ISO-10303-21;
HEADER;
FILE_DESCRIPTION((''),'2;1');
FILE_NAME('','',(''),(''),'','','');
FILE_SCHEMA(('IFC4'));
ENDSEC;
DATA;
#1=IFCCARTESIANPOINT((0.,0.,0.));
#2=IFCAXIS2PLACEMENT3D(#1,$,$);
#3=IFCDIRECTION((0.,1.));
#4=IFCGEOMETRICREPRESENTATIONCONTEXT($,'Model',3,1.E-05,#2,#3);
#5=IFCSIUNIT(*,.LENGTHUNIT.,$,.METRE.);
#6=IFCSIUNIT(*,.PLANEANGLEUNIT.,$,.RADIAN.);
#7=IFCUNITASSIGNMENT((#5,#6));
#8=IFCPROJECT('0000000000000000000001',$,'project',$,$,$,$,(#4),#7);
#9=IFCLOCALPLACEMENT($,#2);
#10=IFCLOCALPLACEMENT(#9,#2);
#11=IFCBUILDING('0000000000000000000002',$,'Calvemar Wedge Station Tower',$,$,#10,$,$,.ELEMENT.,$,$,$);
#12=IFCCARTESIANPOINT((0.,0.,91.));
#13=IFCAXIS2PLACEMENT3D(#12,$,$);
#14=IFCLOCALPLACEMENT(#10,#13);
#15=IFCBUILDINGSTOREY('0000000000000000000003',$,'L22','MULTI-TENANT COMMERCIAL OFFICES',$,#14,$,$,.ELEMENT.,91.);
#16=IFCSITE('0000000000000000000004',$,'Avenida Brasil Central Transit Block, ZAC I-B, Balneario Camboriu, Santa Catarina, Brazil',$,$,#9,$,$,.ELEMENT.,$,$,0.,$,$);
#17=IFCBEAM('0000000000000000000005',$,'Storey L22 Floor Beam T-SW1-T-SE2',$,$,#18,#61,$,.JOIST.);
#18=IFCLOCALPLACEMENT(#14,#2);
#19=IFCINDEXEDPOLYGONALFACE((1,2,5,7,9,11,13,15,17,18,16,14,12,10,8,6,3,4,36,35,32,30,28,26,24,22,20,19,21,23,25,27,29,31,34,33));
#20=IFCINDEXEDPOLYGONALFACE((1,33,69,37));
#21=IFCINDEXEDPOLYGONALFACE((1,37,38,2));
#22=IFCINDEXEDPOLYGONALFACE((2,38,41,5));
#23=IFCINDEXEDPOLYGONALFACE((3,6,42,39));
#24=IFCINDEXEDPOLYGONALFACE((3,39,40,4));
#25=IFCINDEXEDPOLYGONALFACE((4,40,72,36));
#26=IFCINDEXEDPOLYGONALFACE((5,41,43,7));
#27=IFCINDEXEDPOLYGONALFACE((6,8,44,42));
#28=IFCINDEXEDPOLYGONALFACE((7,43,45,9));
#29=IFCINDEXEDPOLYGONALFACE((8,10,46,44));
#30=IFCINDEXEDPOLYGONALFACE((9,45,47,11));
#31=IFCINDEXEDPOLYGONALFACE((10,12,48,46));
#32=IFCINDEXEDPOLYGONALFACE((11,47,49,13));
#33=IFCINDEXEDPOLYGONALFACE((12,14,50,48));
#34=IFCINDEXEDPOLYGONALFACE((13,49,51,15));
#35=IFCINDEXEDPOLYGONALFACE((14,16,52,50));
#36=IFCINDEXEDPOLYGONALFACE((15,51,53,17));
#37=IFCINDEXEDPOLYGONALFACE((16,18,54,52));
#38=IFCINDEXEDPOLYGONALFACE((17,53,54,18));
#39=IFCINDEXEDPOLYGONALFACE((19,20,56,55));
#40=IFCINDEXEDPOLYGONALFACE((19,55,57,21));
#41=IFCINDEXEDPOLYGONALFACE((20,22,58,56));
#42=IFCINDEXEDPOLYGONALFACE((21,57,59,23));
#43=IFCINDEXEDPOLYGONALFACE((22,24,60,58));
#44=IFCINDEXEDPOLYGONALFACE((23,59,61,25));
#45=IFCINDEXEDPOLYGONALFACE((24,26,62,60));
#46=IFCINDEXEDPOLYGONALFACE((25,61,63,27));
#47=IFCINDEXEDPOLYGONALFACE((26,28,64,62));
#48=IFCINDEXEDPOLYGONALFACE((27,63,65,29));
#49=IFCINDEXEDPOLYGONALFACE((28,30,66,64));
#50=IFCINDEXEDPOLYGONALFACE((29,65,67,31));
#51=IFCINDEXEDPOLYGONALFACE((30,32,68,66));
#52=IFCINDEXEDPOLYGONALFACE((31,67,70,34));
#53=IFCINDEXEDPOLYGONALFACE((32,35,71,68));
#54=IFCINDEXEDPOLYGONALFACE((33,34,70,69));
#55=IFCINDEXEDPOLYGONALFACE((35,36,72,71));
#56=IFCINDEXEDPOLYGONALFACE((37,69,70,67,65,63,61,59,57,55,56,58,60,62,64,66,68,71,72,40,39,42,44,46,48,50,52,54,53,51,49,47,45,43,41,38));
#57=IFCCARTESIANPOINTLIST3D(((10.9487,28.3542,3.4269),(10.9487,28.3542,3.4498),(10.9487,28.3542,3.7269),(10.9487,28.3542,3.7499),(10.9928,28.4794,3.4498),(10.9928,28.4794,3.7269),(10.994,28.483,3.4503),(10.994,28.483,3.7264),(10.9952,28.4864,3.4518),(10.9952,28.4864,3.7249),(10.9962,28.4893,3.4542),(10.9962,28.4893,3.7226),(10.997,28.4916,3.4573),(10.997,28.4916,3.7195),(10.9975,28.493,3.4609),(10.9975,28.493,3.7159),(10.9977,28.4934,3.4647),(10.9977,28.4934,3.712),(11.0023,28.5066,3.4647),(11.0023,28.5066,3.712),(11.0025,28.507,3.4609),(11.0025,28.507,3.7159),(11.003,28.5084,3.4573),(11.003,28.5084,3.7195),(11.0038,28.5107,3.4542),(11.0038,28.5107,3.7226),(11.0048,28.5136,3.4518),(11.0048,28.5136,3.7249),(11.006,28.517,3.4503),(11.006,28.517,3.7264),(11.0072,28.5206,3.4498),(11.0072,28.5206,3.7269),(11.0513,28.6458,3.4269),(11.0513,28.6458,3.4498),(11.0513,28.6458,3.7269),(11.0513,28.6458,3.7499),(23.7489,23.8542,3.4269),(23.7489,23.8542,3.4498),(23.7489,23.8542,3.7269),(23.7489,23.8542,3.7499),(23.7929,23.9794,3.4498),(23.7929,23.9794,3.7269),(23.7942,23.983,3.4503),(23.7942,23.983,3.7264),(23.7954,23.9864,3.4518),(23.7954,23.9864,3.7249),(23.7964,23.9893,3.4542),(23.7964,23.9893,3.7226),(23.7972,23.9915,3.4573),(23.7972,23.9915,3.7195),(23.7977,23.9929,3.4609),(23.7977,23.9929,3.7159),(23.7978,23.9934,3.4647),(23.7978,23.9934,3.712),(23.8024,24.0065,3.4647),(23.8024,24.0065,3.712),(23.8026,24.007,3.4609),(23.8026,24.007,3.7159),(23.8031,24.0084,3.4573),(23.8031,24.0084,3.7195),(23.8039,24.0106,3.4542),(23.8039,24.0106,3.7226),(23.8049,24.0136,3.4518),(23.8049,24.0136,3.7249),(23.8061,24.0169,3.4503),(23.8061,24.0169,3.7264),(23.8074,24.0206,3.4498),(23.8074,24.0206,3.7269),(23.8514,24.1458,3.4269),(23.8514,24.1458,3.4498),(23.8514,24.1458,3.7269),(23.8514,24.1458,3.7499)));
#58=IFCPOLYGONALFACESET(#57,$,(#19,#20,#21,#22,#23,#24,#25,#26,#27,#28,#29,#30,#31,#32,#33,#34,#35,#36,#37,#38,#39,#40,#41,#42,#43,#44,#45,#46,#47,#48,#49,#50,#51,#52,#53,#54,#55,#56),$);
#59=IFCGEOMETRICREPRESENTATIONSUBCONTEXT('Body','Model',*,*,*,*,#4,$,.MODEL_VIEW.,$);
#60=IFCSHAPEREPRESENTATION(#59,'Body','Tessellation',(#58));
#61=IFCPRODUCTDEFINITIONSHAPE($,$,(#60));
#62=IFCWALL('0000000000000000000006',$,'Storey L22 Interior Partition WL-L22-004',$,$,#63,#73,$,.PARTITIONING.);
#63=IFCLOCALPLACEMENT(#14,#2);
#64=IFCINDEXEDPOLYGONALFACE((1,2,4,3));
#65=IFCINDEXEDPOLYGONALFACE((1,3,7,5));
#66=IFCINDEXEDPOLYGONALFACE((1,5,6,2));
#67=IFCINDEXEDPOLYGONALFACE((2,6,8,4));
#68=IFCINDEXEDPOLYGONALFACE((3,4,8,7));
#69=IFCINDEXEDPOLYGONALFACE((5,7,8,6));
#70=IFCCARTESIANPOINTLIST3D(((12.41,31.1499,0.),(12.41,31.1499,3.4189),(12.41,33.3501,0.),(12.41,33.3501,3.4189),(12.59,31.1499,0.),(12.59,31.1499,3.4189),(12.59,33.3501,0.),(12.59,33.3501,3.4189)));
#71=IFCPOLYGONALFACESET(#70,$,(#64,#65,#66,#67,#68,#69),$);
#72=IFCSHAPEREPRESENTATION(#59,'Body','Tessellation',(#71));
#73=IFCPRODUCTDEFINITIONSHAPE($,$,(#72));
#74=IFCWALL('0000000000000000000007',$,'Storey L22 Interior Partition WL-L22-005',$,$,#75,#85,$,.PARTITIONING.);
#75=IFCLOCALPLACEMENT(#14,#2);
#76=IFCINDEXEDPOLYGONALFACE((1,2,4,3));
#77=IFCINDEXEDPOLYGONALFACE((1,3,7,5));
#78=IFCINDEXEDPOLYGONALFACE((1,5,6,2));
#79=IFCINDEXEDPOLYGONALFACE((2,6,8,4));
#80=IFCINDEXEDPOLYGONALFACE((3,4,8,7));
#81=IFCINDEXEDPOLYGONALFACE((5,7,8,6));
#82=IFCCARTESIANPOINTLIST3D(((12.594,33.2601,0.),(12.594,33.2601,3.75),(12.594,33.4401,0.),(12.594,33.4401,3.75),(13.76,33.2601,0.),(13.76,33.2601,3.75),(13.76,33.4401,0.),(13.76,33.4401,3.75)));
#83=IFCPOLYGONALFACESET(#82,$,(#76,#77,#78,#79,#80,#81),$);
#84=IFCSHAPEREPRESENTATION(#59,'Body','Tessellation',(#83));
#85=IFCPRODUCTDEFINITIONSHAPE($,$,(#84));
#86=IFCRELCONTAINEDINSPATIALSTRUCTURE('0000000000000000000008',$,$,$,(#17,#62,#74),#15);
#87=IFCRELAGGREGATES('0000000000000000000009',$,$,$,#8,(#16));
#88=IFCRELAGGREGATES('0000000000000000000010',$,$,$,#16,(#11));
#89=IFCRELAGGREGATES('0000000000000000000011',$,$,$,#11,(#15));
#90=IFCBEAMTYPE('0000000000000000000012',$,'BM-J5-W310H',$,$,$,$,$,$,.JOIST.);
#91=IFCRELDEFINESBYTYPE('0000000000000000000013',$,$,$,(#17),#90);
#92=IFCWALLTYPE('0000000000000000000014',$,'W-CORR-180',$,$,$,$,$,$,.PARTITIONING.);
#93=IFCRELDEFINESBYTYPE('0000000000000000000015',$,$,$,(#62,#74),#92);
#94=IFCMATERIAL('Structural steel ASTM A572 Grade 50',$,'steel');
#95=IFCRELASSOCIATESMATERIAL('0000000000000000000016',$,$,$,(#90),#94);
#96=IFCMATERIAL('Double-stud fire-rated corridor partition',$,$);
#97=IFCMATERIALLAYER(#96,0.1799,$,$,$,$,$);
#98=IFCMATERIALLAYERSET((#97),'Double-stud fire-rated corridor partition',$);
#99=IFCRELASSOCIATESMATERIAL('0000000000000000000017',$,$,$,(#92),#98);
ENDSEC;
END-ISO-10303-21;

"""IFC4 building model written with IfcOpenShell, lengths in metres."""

from ifc_helpers import new_model, si_unit, direction, frame, frame_2d, origin, origin_2d, place, context, subcontext, project, spatial, rectangle, i_section, extrude, source, transform, mapped, material, layer, layer_set, material_profile, profile_set, type_object, element, save


model = new_model("IFC4")

# Units and contexts
model_context = context("Model", 3, precision=1e-05, world=origin(), true_north=direction((0.0, 1.0)))
body_context = subcontext(model_context, "Body", "Model", "MODEL_VIEW")
ifc_project = project(units=[si_unit("LENGTHUNIT", "METRE"), si_unit("PLANEANGLEUNIT", "RADIAN")], contexts=[model_context])

# Site, building, storey
site_placement = place(None, origin())
site = spatial("IfcSite", under=ifc_project, at=site_placement, Name="Avenida Brasil Central Transit Block, ZAC I-B, Balneario Camboriu, Santa Catarina, Brazil", CompositionType="ELEMENT", RefElevation=0.0)
building_placement = place(site_placement, origin())
building = spatial("IfcBuilding", under=site, at=building_placement, Name="Calvemar Wedge Station Tower", CompositionType="ELEMENT")
storey_placement = place(building_placement, frame((0.0, 0.0, 91.0)))
storey = spatial("IfcBuildingStorey", under=building, at=storey_placement, Name="L22", Description="MULTI-TENANT COMMERCIAL OFFICES", CompositionType="ELEMENT", Elevation=91.0)

# Beam
ifc_material_1 = material(Name="Structural steel ASTM A572 Grade 50", Category="steel")
ifc_material_profile_1 = material_profile(ifc_material_1, i_section(OverallWidth=0.3091, OverallDepth=0.323, WebThickness=0.0139, FlangeThickness=0.0229, FilletRadius=0.0149, at=origin_2d()), Name="W310x143")
ifc_profile_set_1 = profile_set([ifc_material_profile_1], Name="Structural steel ASTM A572 Grade 50")
beam_type_1 = type_object("IfcBeamType", Name="BM-J5-W310H", PredefinedType="JOIST", material=ifc_profile_set_1)
shared_shape_1 = source(origin(), body_context, "Body", "SweptSolid", [
    extrude(i_section(OverallWidth=0.3091, OverallDepth=0.323, WebThickness=0.0139, FlangeThickness=0.0229, FilletRadius=0.0149, at=origin_2d()), origin(), (0.0, 0.0, 1.0), 13.5681),
])
for number, where, z_axis, x_axis, name in (
    (1, (11.0, 28.5, 3.5884), (0.943398, -0.331662, 0.0), (0.331662, 0.943398, 0.0), "Storey L22 Floor Beam T-SW1-T-SE2"),
):
    element("IfcBeam", number, at=place(storey_placement, frame(where, z_axis=z_axis, x_axis=x_axis)), inside=storey, type_object=beam_type_1, Name=name, PredefinedType="JOIST", context=body_context, shape_type="MappedRepresentation", body=[
        mapped(shared_shape_1, transform((0.0, 0.0, 0.0), scale=1.0)),
    ])

# Walls
ifc_material_2 = material(Name="Double-stud fire-rated corridor partition")
ifc_layer_1 = layer(ifc_material_2, 0.1799)
ifc_layer_set_1 = layer_set([ifc_layer_1], Name="Double-stud fire-rated corridor partition")
wall_type_1 = type_object("IfcWallType", Name="W-CORR-180", PredefinedType="PARTITIONING", material=ifc_layer_set_1)
wall_1_placement = place(storey_placement, frame((12.5, 31.1499, 0.0), z_axis=(0.0, 0.0, 1.0), x_axis=(0.0, 1.0, 0.0)))
element("IfcWall", 2, at=wall_1_placement, inside=storey, type_object=wall_type_1, Name="Storey L22 Interior Partition WL-L22-004", PredefinedType="PARTITIONING", context=body_context, shape_type="SweptSolid", body=[
    extrude(rectangle(XDim=2.2002, YDim=0.1799, at=frame_2d((1.1001, 0.0))), origin(), (0.0, 0.0, 1.0), 3.4189),
])
wall_2_placement = place(storey_placement, frame((12.594, 33.3501, 0.0), z_axis=(0.0, 0.0, 1.0), x_axis=(1.0, 0.0, 0.0)))
element("IfcWall", 3, at=wall_2_placement, inside=storey, type_object=wall_type_1, Name="Storey L22 Interior Partition WL-L22-005", PredefinedType="PARTITIONING", context=body_context, shape_type="SweptSolid", body=[
    extrude(rectangle(XDim=1.166, YDim=0.1799, at=frame_2d((0.583, 0.0))), origin(), (0.0, 0.0, 1.0), 3.75),
])

save(model, "model.ifc")
